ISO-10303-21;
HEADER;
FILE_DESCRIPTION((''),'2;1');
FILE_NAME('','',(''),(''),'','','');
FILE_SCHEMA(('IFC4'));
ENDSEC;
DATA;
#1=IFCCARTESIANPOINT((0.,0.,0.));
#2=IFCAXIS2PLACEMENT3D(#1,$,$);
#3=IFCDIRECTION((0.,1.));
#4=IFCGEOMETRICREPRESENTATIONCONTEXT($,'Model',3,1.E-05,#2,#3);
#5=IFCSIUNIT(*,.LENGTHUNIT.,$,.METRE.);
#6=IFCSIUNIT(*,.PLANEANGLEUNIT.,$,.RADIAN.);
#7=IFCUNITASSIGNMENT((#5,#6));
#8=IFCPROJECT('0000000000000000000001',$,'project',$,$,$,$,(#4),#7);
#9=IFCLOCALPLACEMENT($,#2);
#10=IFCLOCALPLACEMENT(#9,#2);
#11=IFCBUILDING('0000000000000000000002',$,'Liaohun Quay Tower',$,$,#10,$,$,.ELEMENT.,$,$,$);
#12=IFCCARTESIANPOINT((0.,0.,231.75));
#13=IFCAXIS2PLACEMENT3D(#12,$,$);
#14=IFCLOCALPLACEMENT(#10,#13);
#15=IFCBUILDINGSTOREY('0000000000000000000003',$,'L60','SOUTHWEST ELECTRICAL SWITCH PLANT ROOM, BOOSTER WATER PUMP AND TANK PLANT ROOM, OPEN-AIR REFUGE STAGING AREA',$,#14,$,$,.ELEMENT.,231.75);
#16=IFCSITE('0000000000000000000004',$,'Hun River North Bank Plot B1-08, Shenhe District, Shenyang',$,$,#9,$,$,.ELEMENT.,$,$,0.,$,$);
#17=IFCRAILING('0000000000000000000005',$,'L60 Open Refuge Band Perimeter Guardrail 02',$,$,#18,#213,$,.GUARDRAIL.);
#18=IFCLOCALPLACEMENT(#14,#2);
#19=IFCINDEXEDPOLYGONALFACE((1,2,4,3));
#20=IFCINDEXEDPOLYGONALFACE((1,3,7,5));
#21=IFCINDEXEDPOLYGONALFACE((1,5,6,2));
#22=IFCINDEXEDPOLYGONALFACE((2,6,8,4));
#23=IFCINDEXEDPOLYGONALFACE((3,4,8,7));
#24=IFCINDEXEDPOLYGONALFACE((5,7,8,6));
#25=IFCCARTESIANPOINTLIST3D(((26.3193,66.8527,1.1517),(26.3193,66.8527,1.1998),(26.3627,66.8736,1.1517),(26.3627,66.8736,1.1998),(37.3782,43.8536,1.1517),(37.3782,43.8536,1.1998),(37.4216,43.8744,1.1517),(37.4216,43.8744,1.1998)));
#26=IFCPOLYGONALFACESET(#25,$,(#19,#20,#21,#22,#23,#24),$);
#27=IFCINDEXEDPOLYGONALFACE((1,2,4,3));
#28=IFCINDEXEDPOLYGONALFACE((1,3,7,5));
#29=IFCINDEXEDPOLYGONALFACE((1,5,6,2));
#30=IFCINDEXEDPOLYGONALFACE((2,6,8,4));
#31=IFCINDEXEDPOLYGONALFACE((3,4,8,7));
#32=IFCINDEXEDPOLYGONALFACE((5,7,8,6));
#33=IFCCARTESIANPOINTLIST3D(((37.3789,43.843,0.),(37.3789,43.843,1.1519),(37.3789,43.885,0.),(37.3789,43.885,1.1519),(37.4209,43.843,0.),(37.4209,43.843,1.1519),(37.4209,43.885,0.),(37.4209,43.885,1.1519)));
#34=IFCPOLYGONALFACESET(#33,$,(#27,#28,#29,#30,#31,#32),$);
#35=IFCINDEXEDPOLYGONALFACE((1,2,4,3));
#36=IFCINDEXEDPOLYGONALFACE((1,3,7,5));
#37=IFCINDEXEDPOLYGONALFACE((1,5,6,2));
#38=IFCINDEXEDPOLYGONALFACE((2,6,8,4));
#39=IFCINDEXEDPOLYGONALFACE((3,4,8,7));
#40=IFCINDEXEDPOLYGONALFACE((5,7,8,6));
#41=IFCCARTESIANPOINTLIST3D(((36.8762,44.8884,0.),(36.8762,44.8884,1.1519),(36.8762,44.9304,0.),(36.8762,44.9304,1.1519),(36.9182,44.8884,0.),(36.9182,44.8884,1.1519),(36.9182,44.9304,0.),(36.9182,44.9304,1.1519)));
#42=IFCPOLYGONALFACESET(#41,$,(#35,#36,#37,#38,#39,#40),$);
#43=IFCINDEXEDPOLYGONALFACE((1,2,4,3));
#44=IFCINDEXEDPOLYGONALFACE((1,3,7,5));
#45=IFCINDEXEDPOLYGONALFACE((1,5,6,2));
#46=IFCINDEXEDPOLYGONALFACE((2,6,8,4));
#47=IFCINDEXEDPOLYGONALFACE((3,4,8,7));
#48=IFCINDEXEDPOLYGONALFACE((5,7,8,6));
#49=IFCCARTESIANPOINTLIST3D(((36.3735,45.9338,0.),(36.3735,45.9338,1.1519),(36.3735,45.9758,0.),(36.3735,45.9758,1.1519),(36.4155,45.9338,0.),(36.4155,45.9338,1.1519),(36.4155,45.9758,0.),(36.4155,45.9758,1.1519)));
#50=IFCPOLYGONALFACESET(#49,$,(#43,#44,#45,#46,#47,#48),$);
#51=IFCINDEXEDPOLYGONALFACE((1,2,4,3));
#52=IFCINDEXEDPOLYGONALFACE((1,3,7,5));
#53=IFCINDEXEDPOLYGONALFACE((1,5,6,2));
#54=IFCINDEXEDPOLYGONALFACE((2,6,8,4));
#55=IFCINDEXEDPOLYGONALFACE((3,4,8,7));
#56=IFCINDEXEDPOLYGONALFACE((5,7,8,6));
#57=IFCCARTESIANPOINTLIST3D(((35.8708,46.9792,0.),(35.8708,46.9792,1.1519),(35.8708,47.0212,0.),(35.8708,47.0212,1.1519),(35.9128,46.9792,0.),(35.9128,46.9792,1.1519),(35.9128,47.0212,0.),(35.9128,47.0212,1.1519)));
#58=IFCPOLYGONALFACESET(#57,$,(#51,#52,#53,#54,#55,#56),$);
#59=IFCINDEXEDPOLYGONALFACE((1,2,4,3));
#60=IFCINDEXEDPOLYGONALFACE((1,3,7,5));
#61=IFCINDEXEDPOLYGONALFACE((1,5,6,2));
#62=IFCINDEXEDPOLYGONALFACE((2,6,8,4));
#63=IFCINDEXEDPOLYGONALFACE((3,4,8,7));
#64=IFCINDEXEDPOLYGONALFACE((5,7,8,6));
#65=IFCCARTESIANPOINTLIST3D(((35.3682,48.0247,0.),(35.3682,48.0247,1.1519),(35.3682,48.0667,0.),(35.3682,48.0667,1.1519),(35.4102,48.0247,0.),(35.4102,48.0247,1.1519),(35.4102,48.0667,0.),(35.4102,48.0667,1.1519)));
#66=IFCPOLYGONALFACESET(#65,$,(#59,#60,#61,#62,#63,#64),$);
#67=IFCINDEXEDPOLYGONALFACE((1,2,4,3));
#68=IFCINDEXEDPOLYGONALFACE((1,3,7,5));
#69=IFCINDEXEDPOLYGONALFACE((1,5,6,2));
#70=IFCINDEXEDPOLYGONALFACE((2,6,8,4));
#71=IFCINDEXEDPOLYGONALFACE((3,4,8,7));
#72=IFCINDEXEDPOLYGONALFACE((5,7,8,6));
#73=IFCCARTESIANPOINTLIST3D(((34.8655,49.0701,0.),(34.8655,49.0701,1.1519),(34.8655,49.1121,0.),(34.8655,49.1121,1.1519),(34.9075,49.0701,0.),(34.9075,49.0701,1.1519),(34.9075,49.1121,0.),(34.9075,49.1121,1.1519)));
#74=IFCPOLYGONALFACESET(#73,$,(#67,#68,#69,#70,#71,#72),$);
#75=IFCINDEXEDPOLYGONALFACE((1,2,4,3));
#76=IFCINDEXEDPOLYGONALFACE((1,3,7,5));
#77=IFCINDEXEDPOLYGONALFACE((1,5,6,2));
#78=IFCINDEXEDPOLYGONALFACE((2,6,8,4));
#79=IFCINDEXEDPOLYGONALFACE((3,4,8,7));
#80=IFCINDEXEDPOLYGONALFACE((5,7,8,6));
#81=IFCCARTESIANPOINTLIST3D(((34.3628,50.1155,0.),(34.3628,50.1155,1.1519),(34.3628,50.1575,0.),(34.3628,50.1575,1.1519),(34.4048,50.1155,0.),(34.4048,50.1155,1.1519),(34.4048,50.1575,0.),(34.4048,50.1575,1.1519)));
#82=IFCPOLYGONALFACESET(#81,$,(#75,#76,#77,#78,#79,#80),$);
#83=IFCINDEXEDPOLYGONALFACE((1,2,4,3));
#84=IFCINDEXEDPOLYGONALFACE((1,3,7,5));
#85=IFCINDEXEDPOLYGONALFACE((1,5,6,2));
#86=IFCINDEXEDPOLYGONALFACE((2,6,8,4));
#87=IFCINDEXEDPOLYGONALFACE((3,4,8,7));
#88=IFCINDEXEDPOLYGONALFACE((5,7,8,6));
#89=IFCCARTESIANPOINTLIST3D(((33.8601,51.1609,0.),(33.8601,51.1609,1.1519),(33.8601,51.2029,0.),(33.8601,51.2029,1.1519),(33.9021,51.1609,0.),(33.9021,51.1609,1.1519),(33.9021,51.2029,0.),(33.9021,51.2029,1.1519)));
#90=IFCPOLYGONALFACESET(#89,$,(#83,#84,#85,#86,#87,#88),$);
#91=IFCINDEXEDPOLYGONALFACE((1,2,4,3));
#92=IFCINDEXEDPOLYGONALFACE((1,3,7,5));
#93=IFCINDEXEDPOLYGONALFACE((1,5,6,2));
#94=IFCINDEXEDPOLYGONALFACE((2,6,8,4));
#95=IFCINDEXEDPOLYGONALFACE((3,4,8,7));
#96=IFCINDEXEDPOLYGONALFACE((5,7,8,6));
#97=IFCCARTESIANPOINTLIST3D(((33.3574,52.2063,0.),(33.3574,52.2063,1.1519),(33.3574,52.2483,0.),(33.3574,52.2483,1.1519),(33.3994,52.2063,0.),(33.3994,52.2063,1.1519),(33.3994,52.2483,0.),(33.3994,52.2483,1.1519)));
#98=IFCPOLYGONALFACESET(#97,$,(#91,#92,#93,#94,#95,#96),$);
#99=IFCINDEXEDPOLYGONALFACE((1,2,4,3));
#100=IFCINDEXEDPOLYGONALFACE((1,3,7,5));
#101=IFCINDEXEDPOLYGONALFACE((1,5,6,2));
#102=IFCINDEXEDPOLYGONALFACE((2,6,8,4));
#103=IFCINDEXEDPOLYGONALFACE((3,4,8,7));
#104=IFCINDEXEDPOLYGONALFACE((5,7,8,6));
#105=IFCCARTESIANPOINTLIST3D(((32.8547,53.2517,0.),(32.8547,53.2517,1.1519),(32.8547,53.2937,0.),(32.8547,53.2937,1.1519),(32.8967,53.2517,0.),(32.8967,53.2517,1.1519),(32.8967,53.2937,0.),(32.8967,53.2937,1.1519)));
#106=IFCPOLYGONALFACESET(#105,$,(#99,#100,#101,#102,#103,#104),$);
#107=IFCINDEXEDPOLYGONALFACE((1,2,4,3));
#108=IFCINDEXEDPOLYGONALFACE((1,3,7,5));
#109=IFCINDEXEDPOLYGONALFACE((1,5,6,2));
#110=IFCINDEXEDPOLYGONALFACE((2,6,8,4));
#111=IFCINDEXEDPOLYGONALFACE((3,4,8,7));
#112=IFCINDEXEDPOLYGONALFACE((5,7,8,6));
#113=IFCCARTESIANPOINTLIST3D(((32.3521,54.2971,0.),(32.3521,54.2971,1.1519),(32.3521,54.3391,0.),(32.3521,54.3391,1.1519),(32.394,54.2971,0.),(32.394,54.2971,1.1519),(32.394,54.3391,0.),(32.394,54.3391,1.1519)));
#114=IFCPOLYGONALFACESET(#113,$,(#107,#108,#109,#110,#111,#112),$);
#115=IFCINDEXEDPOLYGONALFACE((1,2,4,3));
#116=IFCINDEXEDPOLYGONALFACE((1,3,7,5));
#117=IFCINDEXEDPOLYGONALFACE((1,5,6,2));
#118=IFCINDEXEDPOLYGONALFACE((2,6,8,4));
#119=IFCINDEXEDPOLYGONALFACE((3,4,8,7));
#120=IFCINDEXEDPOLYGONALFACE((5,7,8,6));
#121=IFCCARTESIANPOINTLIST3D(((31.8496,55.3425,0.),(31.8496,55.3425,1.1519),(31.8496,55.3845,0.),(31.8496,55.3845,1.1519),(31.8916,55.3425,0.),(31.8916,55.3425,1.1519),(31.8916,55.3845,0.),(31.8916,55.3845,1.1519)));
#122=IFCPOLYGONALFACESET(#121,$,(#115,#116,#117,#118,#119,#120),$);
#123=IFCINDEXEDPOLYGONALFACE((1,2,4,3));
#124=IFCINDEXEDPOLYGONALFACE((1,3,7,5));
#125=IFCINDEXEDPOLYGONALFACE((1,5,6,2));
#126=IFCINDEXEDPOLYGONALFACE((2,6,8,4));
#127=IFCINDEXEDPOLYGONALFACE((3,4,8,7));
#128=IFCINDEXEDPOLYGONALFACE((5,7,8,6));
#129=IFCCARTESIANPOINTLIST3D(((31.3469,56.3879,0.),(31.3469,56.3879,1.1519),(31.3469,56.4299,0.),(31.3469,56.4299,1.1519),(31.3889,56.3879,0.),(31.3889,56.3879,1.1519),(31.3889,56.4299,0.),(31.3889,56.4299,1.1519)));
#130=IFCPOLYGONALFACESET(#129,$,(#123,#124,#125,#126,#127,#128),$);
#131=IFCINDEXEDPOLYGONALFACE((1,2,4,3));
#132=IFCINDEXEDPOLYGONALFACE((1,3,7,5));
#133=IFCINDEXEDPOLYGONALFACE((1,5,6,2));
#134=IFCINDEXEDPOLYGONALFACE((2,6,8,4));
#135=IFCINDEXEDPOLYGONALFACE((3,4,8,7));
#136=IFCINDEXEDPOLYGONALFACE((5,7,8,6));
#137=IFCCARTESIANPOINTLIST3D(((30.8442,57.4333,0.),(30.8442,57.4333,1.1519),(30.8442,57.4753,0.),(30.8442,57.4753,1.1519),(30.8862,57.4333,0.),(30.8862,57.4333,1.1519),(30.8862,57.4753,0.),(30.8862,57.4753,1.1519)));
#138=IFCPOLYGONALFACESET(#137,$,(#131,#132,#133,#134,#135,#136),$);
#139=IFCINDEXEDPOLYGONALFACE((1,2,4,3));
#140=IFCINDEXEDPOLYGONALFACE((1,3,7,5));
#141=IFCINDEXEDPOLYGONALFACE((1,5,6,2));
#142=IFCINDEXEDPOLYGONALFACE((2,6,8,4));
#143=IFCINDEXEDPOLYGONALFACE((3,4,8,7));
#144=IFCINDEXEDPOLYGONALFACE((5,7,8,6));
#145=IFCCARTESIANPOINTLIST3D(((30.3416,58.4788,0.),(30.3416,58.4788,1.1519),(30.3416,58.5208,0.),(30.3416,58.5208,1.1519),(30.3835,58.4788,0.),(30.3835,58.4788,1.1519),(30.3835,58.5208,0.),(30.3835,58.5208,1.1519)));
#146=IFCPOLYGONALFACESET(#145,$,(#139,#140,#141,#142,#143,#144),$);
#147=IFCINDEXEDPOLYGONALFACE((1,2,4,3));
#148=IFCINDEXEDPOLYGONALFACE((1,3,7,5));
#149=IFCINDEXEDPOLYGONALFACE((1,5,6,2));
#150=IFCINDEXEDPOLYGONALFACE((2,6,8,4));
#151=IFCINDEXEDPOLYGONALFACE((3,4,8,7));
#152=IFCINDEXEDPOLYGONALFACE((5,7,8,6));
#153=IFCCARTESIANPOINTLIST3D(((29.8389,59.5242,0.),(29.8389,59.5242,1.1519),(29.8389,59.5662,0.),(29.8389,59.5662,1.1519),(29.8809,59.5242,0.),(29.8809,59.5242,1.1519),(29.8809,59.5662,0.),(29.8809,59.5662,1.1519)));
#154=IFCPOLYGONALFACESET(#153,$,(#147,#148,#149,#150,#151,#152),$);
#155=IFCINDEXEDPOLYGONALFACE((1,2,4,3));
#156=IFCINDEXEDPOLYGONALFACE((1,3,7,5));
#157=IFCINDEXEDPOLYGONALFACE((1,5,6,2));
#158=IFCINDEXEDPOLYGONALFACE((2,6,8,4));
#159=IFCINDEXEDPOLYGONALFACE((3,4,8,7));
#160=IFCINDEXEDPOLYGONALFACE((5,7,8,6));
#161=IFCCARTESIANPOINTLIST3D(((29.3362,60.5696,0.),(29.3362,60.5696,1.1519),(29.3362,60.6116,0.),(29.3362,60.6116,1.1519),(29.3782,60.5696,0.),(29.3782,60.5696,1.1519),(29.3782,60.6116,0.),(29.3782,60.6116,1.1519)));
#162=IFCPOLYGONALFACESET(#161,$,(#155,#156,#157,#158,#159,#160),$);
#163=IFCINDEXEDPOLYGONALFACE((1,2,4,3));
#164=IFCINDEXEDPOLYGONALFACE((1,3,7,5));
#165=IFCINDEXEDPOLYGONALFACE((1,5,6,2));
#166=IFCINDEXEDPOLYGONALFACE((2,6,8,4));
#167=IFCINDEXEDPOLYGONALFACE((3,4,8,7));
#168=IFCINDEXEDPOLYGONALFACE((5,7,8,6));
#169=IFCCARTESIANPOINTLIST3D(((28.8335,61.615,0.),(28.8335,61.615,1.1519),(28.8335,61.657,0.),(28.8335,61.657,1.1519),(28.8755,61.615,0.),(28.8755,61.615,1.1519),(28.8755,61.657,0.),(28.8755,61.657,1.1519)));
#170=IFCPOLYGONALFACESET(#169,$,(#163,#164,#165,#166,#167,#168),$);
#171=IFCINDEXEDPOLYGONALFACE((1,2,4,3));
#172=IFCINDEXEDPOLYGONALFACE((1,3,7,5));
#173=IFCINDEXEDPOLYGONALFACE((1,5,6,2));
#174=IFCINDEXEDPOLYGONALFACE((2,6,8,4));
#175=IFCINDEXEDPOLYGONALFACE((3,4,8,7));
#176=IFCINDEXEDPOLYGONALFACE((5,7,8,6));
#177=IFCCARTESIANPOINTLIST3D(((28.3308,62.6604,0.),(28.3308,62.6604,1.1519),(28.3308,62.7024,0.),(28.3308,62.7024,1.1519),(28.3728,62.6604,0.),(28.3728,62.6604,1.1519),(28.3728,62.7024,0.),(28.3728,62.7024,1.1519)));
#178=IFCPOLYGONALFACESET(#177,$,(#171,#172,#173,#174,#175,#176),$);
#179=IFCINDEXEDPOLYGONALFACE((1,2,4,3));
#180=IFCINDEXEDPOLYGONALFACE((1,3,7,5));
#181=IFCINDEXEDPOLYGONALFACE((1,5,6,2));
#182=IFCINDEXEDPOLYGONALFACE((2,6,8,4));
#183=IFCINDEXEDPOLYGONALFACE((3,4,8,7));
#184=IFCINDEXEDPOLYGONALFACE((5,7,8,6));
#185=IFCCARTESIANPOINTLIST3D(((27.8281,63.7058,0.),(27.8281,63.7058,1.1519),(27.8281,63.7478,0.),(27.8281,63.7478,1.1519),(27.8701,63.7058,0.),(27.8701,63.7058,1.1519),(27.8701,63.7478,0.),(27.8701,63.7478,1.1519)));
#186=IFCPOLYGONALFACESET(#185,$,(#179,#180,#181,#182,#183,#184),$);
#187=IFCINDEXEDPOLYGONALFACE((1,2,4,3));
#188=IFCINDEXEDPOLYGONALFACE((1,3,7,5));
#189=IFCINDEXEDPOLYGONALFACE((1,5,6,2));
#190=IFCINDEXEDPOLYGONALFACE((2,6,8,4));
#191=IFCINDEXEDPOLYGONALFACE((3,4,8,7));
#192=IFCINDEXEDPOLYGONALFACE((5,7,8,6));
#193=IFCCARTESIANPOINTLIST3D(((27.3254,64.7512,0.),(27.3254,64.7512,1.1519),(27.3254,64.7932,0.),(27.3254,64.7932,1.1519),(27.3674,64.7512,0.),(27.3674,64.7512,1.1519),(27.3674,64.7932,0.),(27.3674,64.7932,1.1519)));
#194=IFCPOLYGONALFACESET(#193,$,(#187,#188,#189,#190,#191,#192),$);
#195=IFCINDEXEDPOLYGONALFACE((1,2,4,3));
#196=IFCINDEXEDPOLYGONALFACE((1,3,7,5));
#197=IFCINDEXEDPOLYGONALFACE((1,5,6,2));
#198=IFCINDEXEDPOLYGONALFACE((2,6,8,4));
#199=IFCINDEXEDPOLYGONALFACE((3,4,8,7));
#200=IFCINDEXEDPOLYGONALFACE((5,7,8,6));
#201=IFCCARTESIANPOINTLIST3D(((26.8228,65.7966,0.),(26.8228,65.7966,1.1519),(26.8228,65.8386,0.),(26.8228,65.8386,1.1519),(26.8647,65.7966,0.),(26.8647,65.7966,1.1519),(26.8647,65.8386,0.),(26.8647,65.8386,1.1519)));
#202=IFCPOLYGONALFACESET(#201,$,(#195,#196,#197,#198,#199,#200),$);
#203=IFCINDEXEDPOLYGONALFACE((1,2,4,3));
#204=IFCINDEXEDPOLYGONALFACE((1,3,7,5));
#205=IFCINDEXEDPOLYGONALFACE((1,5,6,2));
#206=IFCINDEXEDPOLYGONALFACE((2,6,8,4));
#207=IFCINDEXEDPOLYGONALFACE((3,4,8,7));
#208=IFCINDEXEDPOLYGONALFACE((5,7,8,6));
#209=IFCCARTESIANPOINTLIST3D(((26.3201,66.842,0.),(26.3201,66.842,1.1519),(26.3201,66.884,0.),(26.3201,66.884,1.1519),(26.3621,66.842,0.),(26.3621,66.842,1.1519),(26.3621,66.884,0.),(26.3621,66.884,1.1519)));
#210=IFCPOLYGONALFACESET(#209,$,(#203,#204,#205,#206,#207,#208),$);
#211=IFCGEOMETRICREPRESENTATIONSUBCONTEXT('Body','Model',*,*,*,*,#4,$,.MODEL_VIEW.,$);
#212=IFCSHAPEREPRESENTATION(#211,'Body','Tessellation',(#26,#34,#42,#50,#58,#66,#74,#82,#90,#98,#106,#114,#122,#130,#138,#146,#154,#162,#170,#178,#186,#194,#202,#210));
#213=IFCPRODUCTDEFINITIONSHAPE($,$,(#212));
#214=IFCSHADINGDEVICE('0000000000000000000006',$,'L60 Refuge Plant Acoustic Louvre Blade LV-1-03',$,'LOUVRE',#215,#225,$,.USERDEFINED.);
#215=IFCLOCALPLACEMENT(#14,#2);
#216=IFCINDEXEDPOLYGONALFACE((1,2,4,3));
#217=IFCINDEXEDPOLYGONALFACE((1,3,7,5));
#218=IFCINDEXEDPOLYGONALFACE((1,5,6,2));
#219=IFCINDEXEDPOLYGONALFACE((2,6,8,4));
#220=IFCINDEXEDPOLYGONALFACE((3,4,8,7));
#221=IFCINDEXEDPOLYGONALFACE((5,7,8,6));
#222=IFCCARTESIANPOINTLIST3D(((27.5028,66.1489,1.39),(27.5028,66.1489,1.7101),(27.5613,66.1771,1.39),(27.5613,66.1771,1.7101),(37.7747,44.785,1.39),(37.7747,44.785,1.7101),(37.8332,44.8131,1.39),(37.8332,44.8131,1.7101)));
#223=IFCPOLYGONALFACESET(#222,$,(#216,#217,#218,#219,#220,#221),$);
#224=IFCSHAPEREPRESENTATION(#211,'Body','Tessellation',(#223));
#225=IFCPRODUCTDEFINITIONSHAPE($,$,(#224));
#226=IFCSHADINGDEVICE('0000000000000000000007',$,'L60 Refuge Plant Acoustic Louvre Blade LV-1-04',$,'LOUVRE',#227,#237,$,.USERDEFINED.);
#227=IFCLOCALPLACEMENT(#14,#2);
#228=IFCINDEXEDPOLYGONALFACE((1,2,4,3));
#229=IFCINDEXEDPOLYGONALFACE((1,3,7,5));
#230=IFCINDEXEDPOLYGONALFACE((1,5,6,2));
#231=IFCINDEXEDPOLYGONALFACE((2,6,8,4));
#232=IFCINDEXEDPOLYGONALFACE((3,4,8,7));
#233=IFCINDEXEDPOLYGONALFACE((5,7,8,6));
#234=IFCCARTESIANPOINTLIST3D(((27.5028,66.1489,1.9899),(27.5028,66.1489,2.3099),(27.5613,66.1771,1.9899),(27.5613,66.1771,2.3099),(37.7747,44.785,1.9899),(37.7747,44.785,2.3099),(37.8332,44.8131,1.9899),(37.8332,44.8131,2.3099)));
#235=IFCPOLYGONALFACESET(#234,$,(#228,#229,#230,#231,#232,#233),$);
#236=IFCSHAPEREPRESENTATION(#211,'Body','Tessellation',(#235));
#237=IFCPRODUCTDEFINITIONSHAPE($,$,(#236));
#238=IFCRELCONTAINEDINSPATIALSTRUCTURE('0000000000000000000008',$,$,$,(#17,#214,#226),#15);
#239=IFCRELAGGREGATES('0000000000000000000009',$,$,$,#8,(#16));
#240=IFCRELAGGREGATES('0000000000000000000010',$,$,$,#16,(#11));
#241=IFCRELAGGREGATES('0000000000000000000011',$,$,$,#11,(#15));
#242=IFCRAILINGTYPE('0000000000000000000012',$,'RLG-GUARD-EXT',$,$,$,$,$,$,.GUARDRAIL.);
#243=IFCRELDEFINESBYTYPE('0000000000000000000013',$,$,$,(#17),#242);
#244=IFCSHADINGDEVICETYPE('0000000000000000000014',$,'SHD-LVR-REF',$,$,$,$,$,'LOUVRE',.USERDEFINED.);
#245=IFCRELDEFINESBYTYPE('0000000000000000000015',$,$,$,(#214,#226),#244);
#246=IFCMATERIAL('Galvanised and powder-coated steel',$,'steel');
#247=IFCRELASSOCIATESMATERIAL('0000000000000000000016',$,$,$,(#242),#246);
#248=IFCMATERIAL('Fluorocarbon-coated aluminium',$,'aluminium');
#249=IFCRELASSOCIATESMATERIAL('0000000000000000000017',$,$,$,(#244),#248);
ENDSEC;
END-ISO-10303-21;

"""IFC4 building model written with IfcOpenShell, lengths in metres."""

from ifc_helpers import new_model, si_unit, direction, frame, origin, origin_2d, place, context, subcontext, project, spatial, rectangle, extrude, source, transform, mapped, material, material_profile, profile_set, type_object, element, save


model = new_model("IFC4")

# Units and contexts
model_context = context("Model", 3, precision=1e-05, world=origin(), true_north=direction((0.0, 1.0)))
body_context = subcontext(model_context, "Body", "Model", "MODEL_VIEW")
ifc_project = project(units=[si_unit("LENGTHUNIT", "METRE"), si_unit("PLANEANGLEUNIT", "RADIAN")], contexts=[model_context])

# Site, building, storey
site_placement = place(None, origin())
site = spatial("IfcSite", under=ifc_project, at=site_placement, Name="Hun River North Bank Plot B1-08, Shenhe District, Shenyang", CompositionType="ELEMENT", RefElevation=0.0)
building_placement = place(site_placement, origin())
building = spatial("IfcBuilding", under=site, at=building_placement, Name="Liaohun Quay Tower", CompositionType="ELEMENT")
storey_placement = place(building_placement, frame((0.0, 0.0, 231.75)))
storey = spatial("IfcBuildingStorey", under=building, at=storey_placement, Name="L60", Description="SOUTHWEST ELECTRICAL SWITCH PLANT ROOM, BOOSTER WATER PUMP AND TANK PLANT ROOM, OPEN-AIR REFUGE STAGING AREA", CompositionType="ELEMENT", Elevation=231.75)

# Railing
ifc_material_1 = material(Name="Galvanised and powder-coated steel", Category="steel")
railing_type = type_object("IfcRailingType", Name="RLG-GUARD-EXT", PredefinedType="GUARDRAIL", material=ifc_material_1)
railing_placement = place(storey_placement, frame((37.3999, 43.864, 0.0)))
element("IfcRailing", 1, at=railing_placement, inside=storey, type_object=railing_type, Name="L60 Open Refuge Band Perimeter Guardrail 02", PredefinedType="GUARDRAIL", context=body_context, shape_type="SweptSolid", body=[
    extrude(rectangle(XDim=0.0481, YDim=0.0481, at=origin_2d()), frame((0.0, 0.0, 1.1758), z_axis=(-0.433346, 0.901228, 0.0), x_axis=(-0.901228, -0.433346, 0.0)), (0.0, 0.0, 1.0), 25.5198),
    extrude(rectangle(XDim=0.042, YDim=0.042, at=origin_2d()), origin(), (0.0, 0.0, 1.0), 1.1519),
    extrude(rectangle(XDim=0.042, YDim=0.042, at=origin_2d()), frame((-0.5027, 1.0454, 0.0)), (0.0, 0.0, 1.0), 1.1519),
    extrude(rectangle(XDim=0.042, YDim=0.042, at=origin_2d()), frame((-1.0054, 2.0908, 0.0)), (0.0, 0.0, 1.0), 1.1519),
    extrude(rectangle(XDim=0.042, YDim=0.042, at=origin_2d()), frame((-1.5081, 3.1362, 0.0)), (0.0, 0.0, 1.0), 1.1519),
    extrude(rectangle(XDim=0.042, YDim=0.042, at=origin_2d()), frame((-2.0107, 4.1816, 0.0)), (0.0, 0.0, 1.0), 1.1519),
    extrude(rectangle(XDim=0.042, YDim=0.042, at=origin_2d()), frame((-2.5134, 5.2271, 0.0)), (0.0, 0.0, 1.0), 1.1519),
    extrude(rectangle(XDim=0.042, YDim=0.042, at=origin_2d()), frame((-3.0161, 6.2725, 0.0)), (0.0, 0.0, 1.0), 1.1519),
    extrude(rectangle(XDim=0.042, YDim=0.042, at=origin_2d()), frame((-3.5188, 7.3179, 0.0)), (0.0, 0.0, 1.0), 1.1519),
    extrude(rectangle(XDim=0.042, YDim=0.042, at=origin_2d()), frame((-4.0215, 8.3633, 0.0)), (0.0, 0.0, 1.0), 1.1519),
    extrude(rectangle(XDim=0.042, YDim=0.042, at=origin_2d()), frame((-4.5242, 9.4087, 0.0)), (0.0, 0.0, 1.0), 1.1519),
    extrude(rectangle(XDim=0.042, YDim=0.042, at=origin_2d()), frame((-5.0269, 10.4541, 0.0)), (0.0, 0.0, 1.0), 1.1519),
    extrude(rectangle(XDim=0.042, YDim=0.042, at=origin_2d()), frame((-5.5293, 11.4995, 0.0)), (0.0, 0.0, 1.0), 1.1519),
    extrude(rectangle(XDim=0.042, YDim=0.042, at=origin_2d()), frame((-6.032, 12.5449, 0.0)), (0.0, 0.0, 1.0), 1.1519),
    extrude(rectangle(XDim=0.042, YDim=0.042, at=origin_2d()), frame((-6.5347, 13.5903, 0.0)), (0.0, 0.0, 1.0), 1.1519),
    extrude(rectangle(XDim=0.042, YDim=0.042, at=origin_2d()), frame((-7.0374, 14.6357, 0.0)), (0.0, 0.0, 1.0), 1.1519),
    extrude(rectangle(XDim=0.042, YDim=0.042, at=origin_2d()), frame((-7.54, 15.6812, 0.0)), (0.0, 0.0, 1.0), 1.1519),
    extrude(rectangle(XDim=0.042, YDim=0.042, at=origin_2d()), frame((-8.0427, 16.7266, 0.0)), (0.0, 0.0, 1.0), 1.1519),
    extrude(rectangle(XDim=0.042, YDim=0.042, at=origin_2d()), frame((-8.5454, 17.772, 0.0)), (0.0, 0.0, 1.0), 1.1519),
    extrude(rectangle(XDim=0.042, YDim=0.042, at=origin_2d()), frame((-9.0481, 18.8174, 0.0)), (0.0, 0.0, 1.0), 1.1519),
    extrude(rectangle(XDim=0.042, YDim=0.042, at=origin_2d()), frame((-9.5508, 19.8628, 0.0)), (0.0, 0.0, 1.0), 1.1519),
    extrude(rectangle(XDim=0.042, YDim=0.042, at=origin_2d()), frame((-10.0535, 20.9082, 0.0)), (0.0, 0.0, 1.0), 1.1519),
    extrude(rectangle(XDim=0.042, YDim=0.042, at=origin_2d()), frame((-10.5562, 21.9536, 0.0)), (0.0, 0.0, 1.0), 1.1519),
    extrude(rectangle(XDim=0.042, YDim=0.042, at=origin_2d()), frame((-11.0588, 22.999, 0.0)), (0.0, 0.0, 1.0), 1.1519),
])

# Shading devices
ifc_material_2 = material(Name="Fluorocarbon-coated aluminium", Category="aluminium")
ifc_material_profile_1 = material_profile(ifc_material_2, rectangle(XDim=0.0649, YDim=0.3201, at=origin_2d()), Name="ALU-LVR-320x65")
ifc_profile_set_1 = profile_set([ifc_material_profile_1], Name="Fluorocarbon-coated aluminium")
shading_device_type = type_object("IfcShadingDeviceType", Name="SHD-LVR-REF", ElementType="LOUVRE", PredefinedType="USERDEFINED", material=ifc_profile_set_1)
shared_shape_1 = source(origin(), body_context, "Body", "SweptSolid", [
    extrude(rectangle(XDim=0.0649, YDim=0.3201, at=origin_2d()), origin(), (0.0, 0.0, 1.0), 23.7051),
])
for number, where, z_axis, x_axis, name in (
    (2, (37.804, 44.7991, 1.55), (-0.433322, 0.901239, 0.0), (-0.901239, -0.433322, 0.0), "L60 Refuge Plant Acoustic Louvre Blade LV-1-03"),
    (3, (37.804, 44.7991, 2.1499), (-0.433322, 0.901239, 0.0), (-0.901239, -0.433322, 0.0), "L60 Refuge Plant Acoustic Louvre Blade LV-1-04"),
):
    element("IfcShadingDevice", number, at=place(storey_placement, frame(where, z_axis=z_axis, x_axis=x_axis)), inside=storey, type_object=shading_device_type, Name=name, ObjectType="LOUVRE", PredefinedType="USERDEFINED", context=body_context, shape_type="MappedRepresentation", body=[
        mapped(shared_shape_1, transform((0.0, 0.0, 0.0), x_axis=(1.0, 0.0, 0.0), y_axis=(0.0, 1.0, 0.0), z_axis=(0.0, 0.0, 1.0), scale=1.0)),
    ])

save(model, "model.ifc")
